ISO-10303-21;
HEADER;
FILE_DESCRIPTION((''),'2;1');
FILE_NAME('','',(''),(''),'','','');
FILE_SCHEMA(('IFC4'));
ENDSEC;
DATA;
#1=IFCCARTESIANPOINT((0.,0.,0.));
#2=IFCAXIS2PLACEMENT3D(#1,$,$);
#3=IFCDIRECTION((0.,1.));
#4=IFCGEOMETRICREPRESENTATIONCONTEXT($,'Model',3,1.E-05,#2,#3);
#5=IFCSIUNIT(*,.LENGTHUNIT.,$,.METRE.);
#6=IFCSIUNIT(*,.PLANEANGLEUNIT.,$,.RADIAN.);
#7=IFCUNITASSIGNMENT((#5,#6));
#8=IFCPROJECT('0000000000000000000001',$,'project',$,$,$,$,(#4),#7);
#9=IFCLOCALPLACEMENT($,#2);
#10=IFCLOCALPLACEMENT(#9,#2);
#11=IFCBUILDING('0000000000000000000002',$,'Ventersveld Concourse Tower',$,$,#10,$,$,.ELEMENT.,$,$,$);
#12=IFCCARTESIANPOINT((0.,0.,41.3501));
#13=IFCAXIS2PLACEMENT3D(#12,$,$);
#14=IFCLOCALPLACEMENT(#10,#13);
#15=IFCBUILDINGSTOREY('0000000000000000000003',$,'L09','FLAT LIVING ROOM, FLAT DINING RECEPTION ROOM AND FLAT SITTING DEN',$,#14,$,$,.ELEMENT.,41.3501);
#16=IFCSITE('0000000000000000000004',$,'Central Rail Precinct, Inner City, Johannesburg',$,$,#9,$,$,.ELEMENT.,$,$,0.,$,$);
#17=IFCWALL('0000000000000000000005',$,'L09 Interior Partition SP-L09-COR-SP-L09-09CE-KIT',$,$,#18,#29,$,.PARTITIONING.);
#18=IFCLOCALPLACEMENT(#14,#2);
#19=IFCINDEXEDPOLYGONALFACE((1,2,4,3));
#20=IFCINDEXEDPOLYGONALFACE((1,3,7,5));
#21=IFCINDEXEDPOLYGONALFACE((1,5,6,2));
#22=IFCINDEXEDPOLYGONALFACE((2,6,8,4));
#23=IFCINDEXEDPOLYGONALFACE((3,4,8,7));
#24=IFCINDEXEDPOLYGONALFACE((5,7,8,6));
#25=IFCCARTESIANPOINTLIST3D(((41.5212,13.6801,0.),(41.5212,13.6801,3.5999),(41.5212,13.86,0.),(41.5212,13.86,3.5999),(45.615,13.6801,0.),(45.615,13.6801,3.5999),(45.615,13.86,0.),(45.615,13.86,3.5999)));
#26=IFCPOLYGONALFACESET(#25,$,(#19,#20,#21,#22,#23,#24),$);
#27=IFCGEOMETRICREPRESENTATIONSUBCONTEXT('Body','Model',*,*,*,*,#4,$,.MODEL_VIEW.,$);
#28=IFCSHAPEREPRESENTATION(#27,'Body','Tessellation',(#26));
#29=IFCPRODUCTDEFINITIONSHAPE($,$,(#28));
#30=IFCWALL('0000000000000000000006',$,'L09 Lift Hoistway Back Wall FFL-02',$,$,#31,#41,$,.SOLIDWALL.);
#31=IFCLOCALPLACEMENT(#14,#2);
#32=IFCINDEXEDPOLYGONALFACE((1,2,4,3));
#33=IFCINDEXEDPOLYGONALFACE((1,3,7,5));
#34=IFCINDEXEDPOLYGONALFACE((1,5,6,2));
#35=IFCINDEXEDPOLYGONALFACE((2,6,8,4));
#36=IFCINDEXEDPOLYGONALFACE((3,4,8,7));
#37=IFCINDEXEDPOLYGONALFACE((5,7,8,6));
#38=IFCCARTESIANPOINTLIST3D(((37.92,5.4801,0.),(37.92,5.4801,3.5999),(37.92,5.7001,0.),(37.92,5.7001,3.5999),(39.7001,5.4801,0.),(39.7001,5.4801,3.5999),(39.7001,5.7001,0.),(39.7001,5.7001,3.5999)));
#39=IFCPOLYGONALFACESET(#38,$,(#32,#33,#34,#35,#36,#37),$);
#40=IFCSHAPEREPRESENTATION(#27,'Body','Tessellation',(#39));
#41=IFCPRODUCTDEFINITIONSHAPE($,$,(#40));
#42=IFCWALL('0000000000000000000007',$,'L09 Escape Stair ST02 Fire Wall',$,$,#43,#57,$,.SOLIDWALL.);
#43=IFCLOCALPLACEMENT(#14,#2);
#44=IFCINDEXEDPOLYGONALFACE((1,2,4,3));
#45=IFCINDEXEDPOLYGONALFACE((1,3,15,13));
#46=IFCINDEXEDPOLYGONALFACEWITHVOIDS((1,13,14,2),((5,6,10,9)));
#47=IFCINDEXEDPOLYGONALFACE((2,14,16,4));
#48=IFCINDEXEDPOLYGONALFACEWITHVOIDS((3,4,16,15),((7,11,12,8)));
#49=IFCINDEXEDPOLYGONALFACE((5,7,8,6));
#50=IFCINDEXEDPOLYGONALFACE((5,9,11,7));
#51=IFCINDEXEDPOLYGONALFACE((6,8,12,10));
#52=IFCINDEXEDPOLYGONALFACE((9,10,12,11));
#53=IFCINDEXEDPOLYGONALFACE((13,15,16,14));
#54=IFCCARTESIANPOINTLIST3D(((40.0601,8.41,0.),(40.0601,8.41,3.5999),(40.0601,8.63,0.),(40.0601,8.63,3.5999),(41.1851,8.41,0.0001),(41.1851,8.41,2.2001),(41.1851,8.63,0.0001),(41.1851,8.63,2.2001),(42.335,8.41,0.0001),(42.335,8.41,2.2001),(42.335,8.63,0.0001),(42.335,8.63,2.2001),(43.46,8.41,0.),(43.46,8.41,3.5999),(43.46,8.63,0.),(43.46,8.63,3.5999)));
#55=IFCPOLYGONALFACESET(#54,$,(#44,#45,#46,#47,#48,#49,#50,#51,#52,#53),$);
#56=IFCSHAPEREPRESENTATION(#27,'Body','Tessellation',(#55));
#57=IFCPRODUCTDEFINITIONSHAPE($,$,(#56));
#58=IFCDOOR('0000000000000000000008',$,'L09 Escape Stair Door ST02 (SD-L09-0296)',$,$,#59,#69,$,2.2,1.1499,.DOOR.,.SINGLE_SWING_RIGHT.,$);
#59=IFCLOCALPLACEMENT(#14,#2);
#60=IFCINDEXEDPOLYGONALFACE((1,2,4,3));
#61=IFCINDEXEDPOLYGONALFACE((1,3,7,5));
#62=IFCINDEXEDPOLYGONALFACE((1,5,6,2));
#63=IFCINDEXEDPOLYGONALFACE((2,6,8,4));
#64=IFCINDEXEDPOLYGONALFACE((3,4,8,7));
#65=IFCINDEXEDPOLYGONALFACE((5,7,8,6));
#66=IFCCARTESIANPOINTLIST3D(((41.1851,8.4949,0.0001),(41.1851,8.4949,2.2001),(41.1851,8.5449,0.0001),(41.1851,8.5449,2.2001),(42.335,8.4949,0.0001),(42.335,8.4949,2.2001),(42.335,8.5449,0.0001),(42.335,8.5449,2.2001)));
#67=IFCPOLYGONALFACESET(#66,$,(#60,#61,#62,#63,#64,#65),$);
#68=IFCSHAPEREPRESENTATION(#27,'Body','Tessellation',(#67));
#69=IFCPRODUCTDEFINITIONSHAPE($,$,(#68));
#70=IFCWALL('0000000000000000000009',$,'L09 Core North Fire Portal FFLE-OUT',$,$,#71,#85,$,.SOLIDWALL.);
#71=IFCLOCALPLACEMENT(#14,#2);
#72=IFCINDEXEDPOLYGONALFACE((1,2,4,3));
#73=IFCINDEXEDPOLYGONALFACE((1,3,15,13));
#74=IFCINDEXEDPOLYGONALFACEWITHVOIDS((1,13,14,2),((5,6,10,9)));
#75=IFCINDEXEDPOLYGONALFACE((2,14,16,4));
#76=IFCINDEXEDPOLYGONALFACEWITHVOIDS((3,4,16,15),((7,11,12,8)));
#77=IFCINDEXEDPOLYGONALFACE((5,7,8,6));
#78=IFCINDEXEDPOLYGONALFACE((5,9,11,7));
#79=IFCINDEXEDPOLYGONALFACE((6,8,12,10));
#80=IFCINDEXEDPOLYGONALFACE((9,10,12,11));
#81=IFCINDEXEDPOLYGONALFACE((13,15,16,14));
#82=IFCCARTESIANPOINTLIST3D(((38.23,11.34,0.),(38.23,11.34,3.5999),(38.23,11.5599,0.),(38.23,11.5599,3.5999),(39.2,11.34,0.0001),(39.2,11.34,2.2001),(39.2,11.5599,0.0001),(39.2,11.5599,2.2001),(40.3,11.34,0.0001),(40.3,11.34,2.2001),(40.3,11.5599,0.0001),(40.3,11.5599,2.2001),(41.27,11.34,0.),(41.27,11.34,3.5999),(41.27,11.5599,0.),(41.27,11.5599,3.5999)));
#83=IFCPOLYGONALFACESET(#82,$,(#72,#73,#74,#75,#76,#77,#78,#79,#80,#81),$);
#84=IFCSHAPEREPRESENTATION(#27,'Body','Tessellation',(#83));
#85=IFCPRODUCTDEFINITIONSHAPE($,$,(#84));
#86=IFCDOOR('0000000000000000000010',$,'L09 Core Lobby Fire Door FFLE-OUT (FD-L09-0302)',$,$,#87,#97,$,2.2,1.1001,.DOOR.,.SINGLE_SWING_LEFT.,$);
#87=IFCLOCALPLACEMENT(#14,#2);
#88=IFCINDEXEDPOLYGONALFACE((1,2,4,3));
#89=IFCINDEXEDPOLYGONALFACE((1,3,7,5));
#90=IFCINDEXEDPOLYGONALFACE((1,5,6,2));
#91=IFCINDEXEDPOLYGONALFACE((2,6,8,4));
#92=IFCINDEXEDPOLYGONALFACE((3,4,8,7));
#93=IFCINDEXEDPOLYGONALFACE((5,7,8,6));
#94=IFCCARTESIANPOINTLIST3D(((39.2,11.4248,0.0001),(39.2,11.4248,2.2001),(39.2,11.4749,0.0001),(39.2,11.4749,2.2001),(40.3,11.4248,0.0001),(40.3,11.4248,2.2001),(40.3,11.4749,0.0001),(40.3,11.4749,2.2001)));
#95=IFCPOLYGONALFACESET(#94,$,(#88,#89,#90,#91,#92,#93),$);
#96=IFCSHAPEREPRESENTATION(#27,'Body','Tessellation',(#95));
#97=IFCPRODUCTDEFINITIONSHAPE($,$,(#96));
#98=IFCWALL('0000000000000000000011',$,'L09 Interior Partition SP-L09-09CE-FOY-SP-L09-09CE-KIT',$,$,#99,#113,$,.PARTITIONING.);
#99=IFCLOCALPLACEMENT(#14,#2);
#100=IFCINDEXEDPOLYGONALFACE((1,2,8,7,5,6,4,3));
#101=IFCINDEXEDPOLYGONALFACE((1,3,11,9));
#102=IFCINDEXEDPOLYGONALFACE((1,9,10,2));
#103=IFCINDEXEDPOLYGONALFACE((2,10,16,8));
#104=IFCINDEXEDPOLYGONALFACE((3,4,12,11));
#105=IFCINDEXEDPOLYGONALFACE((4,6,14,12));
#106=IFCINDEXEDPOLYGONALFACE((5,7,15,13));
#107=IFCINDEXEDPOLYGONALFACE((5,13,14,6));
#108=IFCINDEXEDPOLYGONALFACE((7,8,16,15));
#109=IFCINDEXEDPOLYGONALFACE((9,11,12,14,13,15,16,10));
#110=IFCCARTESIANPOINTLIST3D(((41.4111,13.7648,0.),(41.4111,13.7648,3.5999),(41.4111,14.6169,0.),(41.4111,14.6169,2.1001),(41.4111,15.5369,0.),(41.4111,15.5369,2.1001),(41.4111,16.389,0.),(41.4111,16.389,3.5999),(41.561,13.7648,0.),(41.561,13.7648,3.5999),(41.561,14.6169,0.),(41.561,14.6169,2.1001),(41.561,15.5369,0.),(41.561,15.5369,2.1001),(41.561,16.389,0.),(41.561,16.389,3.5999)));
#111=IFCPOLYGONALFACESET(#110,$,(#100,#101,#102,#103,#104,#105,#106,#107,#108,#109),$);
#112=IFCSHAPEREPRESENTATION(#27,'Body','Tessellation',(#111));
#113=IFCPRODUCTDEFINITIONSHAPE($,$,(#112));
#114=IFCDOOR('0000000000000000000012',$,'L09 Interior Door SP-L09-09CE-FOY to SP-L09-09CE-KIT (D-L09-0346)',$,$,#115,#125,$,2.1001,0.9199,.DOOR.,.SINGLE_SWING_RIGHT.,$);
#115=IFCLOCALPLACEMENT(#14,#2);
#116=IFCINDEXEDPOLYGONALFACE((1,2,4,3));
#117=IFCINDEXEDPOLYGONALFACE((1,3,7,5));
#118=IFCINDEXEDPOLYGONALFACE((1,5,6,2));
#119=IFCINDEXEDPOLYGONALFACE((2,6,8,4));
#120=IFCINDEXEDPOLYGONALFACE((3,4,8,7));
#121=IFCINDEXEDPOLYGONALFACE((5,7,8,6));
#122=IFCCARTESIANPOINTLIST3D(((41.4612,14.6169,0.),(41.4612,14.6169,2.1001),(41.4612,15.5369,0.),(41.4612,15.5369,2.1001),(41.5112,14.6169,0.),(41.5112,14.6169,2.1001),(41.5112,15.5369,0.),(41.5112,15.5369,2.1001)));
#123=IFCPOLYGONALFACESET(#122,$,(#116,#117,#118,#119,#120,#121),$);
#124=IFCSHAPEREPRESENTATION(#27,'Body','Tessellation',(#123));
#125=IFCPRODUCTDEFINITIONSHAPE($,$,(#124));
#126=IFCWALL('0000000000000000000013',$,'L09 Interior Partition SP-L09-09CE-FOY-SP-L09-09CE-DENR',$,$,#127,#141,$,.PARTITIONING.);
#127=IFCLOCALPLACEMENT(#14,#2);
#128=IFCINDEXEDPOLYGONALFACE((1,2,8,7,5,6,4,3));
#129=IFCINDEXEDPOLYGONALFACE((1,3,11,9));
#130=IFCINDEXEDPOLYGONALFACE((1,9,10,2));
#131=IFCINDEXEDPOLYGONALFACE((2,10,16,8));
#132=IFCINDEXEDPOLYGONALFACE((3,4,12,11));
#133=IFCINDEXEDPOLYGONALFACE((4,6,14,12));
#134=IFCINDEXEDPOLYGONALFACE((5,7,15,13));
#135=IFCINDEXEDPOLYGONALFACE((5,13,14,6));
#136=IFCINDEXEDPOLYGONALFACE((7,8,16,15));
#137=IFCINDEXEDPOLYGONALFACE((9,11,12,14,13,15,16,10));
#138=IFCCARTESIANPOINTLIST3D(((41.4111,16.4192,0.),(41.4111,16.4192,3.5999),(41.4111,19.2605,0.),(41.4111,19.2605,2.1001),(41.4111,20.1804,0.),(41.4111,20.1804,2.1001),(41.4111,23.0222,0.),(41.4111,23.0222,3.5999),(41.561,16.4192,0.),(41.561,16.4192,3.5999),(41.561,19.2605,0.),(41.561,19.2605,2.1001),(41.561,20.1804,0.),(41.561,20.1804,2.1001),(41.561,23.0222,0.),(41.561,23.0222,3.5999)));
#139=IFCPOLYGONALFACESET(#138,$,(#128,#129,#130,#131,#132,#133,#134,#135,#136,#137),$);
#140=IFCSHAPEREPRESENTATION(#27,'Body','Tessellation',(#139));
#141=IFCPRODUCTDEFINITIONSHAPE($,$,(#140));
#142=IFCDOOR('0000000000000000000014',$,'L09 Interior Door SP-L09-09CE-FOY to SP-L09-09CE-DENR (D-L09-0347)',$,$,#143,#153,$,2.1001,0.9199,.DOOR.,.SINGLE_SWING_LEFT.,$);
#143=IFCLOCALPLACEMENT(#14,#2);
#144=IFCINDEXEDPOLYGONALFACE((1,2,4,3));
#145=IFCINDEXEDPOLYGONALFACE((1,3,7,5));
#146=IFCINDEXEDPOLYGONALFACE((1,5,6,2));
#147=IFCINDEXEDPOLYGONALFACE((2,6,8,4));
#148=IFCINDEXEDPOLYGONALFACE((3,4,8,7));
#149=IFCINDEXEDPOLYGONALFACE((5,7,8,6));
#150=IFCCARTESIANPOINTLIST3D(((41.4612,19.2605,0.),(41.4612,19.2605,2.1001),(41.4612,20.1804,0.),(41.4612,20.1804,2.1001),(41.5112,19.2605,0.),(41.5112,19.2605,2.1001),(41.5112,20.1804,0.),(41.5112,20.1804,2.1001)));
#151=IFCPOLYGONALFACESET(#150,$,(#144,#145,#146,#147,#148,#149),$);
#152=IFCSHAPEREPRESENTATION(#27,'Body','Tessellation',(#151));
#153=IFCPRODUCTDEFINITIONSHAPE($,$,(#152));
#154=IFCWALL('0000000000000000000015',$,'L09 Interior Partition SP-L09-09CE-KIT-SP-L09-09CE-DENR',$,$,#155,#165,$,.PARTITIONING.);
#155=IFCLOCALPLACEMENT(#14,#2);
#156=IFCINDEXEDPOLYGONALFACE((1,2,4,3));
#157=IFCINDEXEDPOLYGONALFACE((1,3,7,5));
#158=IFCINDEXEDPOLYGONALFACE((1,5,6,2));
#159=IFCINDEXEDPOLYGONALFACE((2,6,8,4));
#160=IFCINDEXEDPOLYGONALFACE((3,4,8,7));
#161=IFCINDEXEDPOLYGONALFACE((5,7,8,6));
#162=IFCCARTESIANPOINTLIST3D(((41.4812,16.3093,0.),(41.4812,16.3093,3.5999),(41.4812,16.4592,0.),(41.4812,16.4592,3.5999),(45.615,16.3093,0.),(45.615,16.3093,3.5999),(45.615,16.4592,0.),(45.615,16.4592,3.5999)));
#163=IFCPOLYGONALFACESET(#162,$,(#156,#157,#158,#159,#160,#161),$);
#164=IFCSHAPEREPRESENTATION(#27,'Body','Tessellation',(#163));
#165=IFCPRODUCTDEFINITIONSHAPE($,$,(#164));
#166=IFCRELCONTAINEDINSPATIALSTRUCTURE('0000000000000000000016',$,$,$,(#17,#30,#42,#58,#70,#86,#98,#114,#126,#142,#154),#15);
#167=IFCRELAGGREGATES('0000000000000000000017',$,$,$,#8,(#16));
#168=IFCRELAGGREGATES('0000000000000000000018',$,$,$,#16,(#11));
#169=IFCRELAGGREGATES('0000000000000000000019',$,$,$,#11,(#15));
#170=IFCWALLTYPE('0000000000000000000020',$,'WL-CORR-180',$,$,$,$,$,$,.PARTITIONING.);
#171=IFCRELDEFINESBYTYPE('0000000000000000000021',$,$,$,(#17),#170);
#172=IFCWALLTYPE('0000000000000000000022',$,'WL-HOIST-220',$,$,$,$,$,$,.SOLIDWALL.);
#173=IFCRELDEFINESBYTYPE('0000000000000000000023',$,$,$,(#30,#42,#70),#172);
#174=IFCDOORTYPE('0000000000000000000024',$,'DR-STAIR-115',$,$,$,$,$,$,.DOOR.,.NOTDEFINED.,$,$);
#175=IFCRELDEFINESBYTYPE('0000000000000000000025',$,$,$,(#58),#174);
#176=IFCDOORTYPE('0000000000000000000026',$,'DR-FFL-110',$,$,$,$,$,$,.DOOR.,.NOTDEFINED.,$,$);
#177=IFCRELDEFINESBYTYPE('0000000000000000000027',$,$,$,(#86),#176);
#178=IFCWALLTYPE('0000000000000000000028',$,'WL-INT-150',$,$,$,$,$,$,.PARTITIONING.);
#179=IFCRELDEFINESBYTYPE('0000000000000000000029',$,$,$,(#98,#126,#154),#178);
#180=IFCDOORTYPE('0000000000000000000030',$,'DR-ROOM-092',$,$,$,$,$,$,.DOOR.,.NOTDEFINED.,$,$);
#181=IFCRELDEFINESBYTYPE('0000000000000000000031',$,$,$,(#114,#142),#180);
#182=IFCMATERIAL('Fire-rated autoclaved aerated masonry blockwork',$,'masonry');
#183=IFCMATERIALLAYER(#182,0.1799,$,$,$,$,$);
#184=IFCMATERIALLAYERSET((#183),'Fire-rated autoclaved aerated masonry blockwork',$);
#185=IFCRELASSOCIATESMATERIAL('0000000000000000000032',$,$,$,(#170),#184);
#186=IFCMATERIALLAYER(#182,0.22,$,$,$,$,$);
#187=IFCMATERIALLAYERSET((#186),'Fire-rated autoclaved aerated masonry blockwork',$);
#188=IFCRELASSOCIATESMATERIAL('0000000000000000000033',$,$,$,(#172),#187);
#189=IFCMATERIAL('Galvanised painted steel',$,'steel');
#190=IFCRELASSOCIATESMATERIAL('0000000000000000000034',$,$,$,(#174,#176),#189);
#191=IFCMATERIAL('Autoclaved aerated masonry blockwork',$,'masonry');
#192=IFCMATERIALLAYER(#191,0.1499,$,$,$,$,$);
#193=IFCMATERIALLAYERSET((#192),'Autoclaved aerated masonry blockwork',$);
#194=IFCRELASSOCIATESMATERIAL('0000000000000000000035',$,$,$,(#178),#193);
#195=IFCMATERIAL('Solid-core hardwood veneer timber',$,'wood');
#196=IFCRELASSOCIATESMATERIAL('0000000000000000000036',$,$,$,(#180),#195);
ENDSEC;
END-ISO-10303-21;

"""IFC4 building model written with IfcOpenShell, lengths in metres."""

from ifc_helpers import new_model, si_unit, direction, frame, frame_2d, origin, place, context, subcontext, project, spatial, rectangle, extrude, material, layer, layer_set, type_object, element, fill, save


model = new_model("IFC4")

# Units and contexts
model_context = context("Model", 3, precision=1e-05, world=origin(), true_north=direction((0.0, 1.0)))
body_context = subcontext(model_context, "Body", "Model", "MODEL_VIEW")
ifc_project = project(units=[si_unit("LENGTHUNIT", "METRE"), si_unit("PLANEANGLEUNIT", "RADIAN")], contexts=[model_context])

# Site, building, storey
site_placement = place(None, origin())
site = spatial("IfcSite", under=ifc_project, at=site_placement, Name="Central Rail Precinct, Inner City, Johannesburg", CompositionType="ELEMENT", RefElevation=0.0)
building_placement = place(site_placement, origin())
building = spatial("IfcBuilding", under=site, at=building_placement, Name="Ventersveld Concourse Tower", CompositionType="ELEMENT")
storey_placement = place(building_placement, frame((0.0, 0.0, 41.3501)))
storey = spatial("IfcBuildingStorey", under=building, at=storey_placement, Name="L09", Description="FLAT LIVING ROOM, FLAT DINING RECEPTION ROOM AND FLAT SITTING DEN", CompositionType="ELEMENT", Elevation=41.3501)

# Walls
ifc_material_1 = material(Name="Fire-rated autoclaved aerated masonry blockwork", Category="masonry")
ifc_layer_1 = layer(ifc_material_1, 0.1799)
ifc_layer_set_1 = layer_set([ifc_layer_1], Name="Fire-rated autoclaved aerated masonry blockwork")
wall_type_1 = type_object("IfcWallType", Name="WL-CORR-180", PredefinedType="PARTITIONING", material=ifc_layer_set_1)
wall_1_placement = place(storey_placement, frame((41.5212, 13.77, 0.0), z_axis=(0.0, 0.0, 1.0), x_axis=(1.0, 0.0, 0.0)))
element("IfcWall", 1, at=wall_1_placement, inside=storey, type_object=wall_type_1, Name="L09 Interior Partition SP-L09-COR-SP-L09-09CE-KIT", PredefinedType="PARTITIONING", context=body_context, shape_type="SweptSolid", body=[
    extrude(rectangle(XDim=4.0938, YDim=0.1799, at=frame_2d((2.0469, 0.0))), origin(), (0.0, 0.0, 1.0), 3.5999),
])
ifc_layer_2 = layer(ifc_material_1, 0.22)
ifc_layer_set_2 = layer_set([ifc_layer_2], Name="Fire-rated autoclaved aerated masonry blockwork")
wall_type_2 = type_object("IfcWallType", Name="WL-HOIST-220", PredefinedType="SOLIDWALL", material=ifc_layer_set_2)
wall_2_placement = place(storey_placement, frame((37.9199, 5.5901, 0.0), z_axis=(0.0, 0.0, 1.0), x_axis=(1.0, 0.0, 0.0)))
element("IfcWall", 2, at=wall_2_placement, inside=storey, type_object=wall_type_2, Name="L09 Lift Hoistway Back Wall FFL-02", PredefinedType="SOLIDWALL", context=body_context, shape_type="SweptSolid", body=[
    extrude(rectangle(XDim=1.78, YDim=0.22, at=frame_2d((0.8901, 0.0))), origin(), (0.0, 0.0, 1.0), 3.5999),
])

# Walls, openings, doors
wall_3_placement = place(storey_placement, frame((40.0601, 8.52, 0.0), z_axis=(0.0, 0.0, 1.0), x_axis=(1.0, 0.0, 0.0)))
wall_3 = element("IfcWall", 3, at=wall_3_placement, inside=storey, type_object=wall_type_2, Name="L09 Escape Stair ST02 Fire Wall", PredefinedType="SOLIDWALL", context=body_context, shape_type="SweptSolid", body=[
    extrude(rectangle(XDim=3.3999, YDim=0.22, at=frame_2d((1.7, 0.0))), origin(), (0.0, 0.0, 1.0), 3.5999),
])
opening_1_placement = place(wall_3_placement, frame((1.125, 0.0, 0.0)))
opening_1 = element("IfcOpeningElement", 4, at=opening_1_placement, cuts=wall_3, PredefinedType="OPENING", context=body_context, shape_type="SweptSolid", body=[
    extrude(rectangle(XDim=1.1499, YDim=2.2, at=frame_2d((0.575, 1.1001))), frame((0.0, 0.1201, 0.0), z_axis=(0.0, -1.0, 0.0), x_axis=(1.0, 0.0, 0.0)), (0.0, 0.0, 1.0), 0.24),
])
ifc_material_2 = material(Name="Galvanised painted steel", Category="steel")
door_type_1 = type_object("IfcDoorType", Name="DR-STAIR-115", OperationType="NOTDEFINED", PredefinedType="DOOR", material=ifc_material_2)
door_1_placement = place(opening_1_placement, origin())
door_1 = element("IfcDoor", 5, at=door_1_placement, inside=storey, type_object=door_type_1, Name="L09 Escape Stair Door ST02 (SD-L09-0296)", OperationType="SINGLE_SWING_RIGHT", OverallHeight=2.2, OverallWidth=1.1499, PredefinedType="DOOR", context=body_context, shape_type="SweptSolid", body=[
    extrude(rectangle(XDim=1.1499, YDim=2.2, at=frame_2d((0.575, 1.1001))), frame((0.0, 0.0249, 0.0), z_axis=(0.0, -1.0, 0.0), x_axis=(1.0, 0.0, 0.0)), (0.0, 0.0, 1.0), 0.05),
])
fill(opening_1, door_1)
wall_4_placement = place(storey_placement, frame((38.23, 11.45, 0.0), z_axis=(0.0, 0.0, 1.0), x_axis=(1.0, 0.0, 0.0)))
wall_4 = element("IfcWall", 6, at=wall_4_placement, inside=storey, type_object=wall_type_2, Name="L09 Core North Fire Portal FFLE-OUT", PredefinedType="SOLIDWALL", context=body_context, shape_type="SweptSolid", body=[
    extrude(rectangle(XDim=3.04, YDim=0.22, at=frame_2d((1.52, 0.0))), origin(), (0.0, 0.0, 1.0), 3.5999),
])
opening_2_placement = place(wall_4_placement, frame((0.97, 0.0, 0.0)))
opening_2 = element("IfcOpeningElement", 7, at=opening_2_placement, cuts=wall_4, PredefinedType="OPENING", context=body_context, shape_type="SweptSolid", body=[
    extrude(rectangle(XDim=1.1001, YDim=2.2, at=frame_2d((0.55, 1.1001))), frame((0.0, 0.1201, 0.0), z_axis=(0.0, -1.0, 0.0), x_axis=(1.0, 0.0, 0.0)), (0.0, 0.0, 1.0), 0.24),
])
door_type_2 = type_object("IfcDoorType", Name="DR-FFL-110", OperationType="NOTDEFINED", PredefinedType="DOOR", material=ifc_material_2)
door_2_placement = place(opening_2_placement, origin())
door_2 = element("IfcDoor", 8, at=door_2_placement, inside=storey, type_object=door_type_2, Name="L09 Core Lobby Fire Door FFLE-OUT (FD-L09-0302)", OperationType="SINGLE_SWING_LEFT", OverallHeight=2.2, OverallWidth=1.1001, PredefinedType="DOOR", context=body_context, shape_type="SweptSolid", body=[
    extrude(rectangle(XDim=1.1001, YDim=2.2, at=frame_2d((0.55, 1.1001))), frame((0.0, 0.0249, 0.0), z_axis=(0.0, -1.0, 0.0), x_axis=(1.0, 0.0, 0.0)), (0.0, 0.0, 1.0), 0.05),
])
fill(opening_2, door_2)
ifc_material_3 = material(Name="Autoclaved aerated masonry blockwork", Category="masonry")
ifc_layer_3 = layer(ifc_material_3, 0.1499)
ifc_layer_set_3 = layer_set([ifc_layer_3], Name="Autoclaved aerated masonry blockwork")
wall_type_3 = type_object("IfcWallType", Name="WL-INT-150", PredefinedType="PARTITIONING", material=ifc_layer_set_3)
wall_5_placement = place(storey_placement, frame((41.4861, 13.7649, 0.0), z_axis=(0.0, 0.0, 1.0), x_axis=(0.0, 1.0, 0.0)))
wall_5 = element("IfcWall", 9, at=wall_5_placement, inside=storey, type_object=wall_type_3, Name="L09 Interior Partition SP-L09-09CE-FOY-SP-L09-09CE-KIT", PredefinedType="PARTITIONING", context=body_context, shape_type="SweptSolid", body=[
    extrude(rectangle(XDim=2.6243, YDim=0.1499, at=frame_2d((1.312, 0.0))), origin(), (0.0, 0.0, 1.0), 3.5999),
])
opening_3_placement = place(wall_5_placement, frame((0.8521, 0.0, 0.0)))
opening_3 = element("IfcOpeningElement", 10, at=opening_3_placement, cuts=wall_5, PredefinedType="OPENING", context=body_context, shape_type="SweptSolid", body=[
    extrude(rectangle(XDim=0.9199, YDim=2.1001, at=frame_2d((0.46, 1.05))), frame((0.0, 0.085, 0.0), z_axis=(0.0, -1.0, 0.0), x_axis=(1.0, 0.0, 0.0)), (0.0, 0.0, 1.0), 0.1699),
])
ifc_material_4 = material(Name="Solid-core hardwood veneer timber", Category="wood")
door_type_3 = type_object("IfcDoorType", Name="DR-ROOM-092", OperationType="NOTDEFINED", PredefinedType="DOOR", material=ifc_material_4)
door_3_placement = place(opening_3_placement, origin())
door_3 = element("IfcDoor", 11, at=door_3_placement, inside=storey, type_object=door_type_3, Name="L09 Interior Door SP-L09-09CE-FOY to SP-L09-09CE-KIT (D-L09-0346)", OperationType="SINGLE_SWING_RIGHT", OverallHeight=2.1001, OverallWidth=0.9199, PredefinedType="DOOR", context=body_context, shape_type="SweptSolid", body=[
    extrude(rectangle(XDim=0.9199, YDim=2.1001, at=frame_2d((0.46, 1.05))), frame((0.0, 0.0249, 0.0), z_axis=(0.0, -1.0, 0.0), x_axis=(1.0, 0.0, 0.0)), (0.0, 0.0, 1.0), 0.05),
])
fill(opening_3, door_3)
wall_6_placement = place(storey_placement, frame((41.4861, 16.4192, 0.0), z_axis=(0.0, 0.0, 1.0), x_axis=(0.0, 1.0, 0.0)))
wall_6 = element("IfcWall", 12, at=wall_6_placement, inside=storey, type_object=wall_type_3, Name="L09 Interior Partition SP-L09-09CE-FOY-SP-L09-09CE-DENR", PredefinedType="PARTITIONING", context=body_context, shape_type="SweptSolid", body=[
    extrude(rectangle(XDim=6.603, YDim=0.1499, at=frame_2d((3.3015, 0.0))), origin(), (0.0, 0.0, 1.0), 3.5999),
])
opening_4_placement = place(wall_6_placement, frame((2.8413, 0.0, 0.0)))
opening_4 = element("IfcOpeningElement", 13, at=opening_4_placement, cuts=wall_6, PredefinedType="OPENING", context=body_context, shape_type="SweptSolid", body=[
    extrude(rectangle(XDim=0.9199, YDim=2.1001, at=frame_2d((0.46, 1.05))), frame((0.0, 0.085, 0.0), z_axis=(0.0, -1.0, 0.0), x_axis=(1.0, 0.0, 0.0)), (0.0, 0.0, 1.0), 0.1699),
])
door_4_placement = place(opening_4_placement, origin())
door_4 = element("IfcDoor", 14, at=door_4_placement, inside=storey, type_object=door_type_3, Name="L09 Interior Door SP-L09-09CE-FOY to SP-L09-09CE-DENR (D-L09-0347)", OperationType="SINGLE_SWING_LEFT", OverallHeight=2.1001, OverallWidth=0.9199, PredefinedType="DOOR", context=body_context, shape_type="SweptSolid", body=[
    extrude(rectangle(XDim=0.9199, YDim=2.1001, at=frame_2d((0.46, 1.05))), frame((0.0, 0.0249, 0.0), z_axis=(0.0, -1.0, 0.0), x_axis=(1.0, 0.0, 0.0)), (0.0, 0.0, 1.0), 0.05),
])
fill(opening_4, door_4)

# Wall
wall_7_placement = place(storey_placement, frame((41.4812, 16.3843, 0.0), z_axis=(0.0, 0.0, 1.0), x_axis=(1.0, 0.0, 0.0)))
element("IfcWall", 15, at=wall_7_placement, inside=storey, type_object=wall_type_3, Name="L09 Interior Partition SP-L09-09CE-KIT-SP-L09-09CE-DENR", PredefinedType="PARTITIONING", context=body_context, shape_type="SweptSolid", body=[
    extrude(rectangle(XDim=4.1338, YDim=0.1499, at=frame_2d((2.0669, 0.0))), origin(), (0.0, 0.0, 1.0), 3.5999),
])

save(model, "model.ifc")
